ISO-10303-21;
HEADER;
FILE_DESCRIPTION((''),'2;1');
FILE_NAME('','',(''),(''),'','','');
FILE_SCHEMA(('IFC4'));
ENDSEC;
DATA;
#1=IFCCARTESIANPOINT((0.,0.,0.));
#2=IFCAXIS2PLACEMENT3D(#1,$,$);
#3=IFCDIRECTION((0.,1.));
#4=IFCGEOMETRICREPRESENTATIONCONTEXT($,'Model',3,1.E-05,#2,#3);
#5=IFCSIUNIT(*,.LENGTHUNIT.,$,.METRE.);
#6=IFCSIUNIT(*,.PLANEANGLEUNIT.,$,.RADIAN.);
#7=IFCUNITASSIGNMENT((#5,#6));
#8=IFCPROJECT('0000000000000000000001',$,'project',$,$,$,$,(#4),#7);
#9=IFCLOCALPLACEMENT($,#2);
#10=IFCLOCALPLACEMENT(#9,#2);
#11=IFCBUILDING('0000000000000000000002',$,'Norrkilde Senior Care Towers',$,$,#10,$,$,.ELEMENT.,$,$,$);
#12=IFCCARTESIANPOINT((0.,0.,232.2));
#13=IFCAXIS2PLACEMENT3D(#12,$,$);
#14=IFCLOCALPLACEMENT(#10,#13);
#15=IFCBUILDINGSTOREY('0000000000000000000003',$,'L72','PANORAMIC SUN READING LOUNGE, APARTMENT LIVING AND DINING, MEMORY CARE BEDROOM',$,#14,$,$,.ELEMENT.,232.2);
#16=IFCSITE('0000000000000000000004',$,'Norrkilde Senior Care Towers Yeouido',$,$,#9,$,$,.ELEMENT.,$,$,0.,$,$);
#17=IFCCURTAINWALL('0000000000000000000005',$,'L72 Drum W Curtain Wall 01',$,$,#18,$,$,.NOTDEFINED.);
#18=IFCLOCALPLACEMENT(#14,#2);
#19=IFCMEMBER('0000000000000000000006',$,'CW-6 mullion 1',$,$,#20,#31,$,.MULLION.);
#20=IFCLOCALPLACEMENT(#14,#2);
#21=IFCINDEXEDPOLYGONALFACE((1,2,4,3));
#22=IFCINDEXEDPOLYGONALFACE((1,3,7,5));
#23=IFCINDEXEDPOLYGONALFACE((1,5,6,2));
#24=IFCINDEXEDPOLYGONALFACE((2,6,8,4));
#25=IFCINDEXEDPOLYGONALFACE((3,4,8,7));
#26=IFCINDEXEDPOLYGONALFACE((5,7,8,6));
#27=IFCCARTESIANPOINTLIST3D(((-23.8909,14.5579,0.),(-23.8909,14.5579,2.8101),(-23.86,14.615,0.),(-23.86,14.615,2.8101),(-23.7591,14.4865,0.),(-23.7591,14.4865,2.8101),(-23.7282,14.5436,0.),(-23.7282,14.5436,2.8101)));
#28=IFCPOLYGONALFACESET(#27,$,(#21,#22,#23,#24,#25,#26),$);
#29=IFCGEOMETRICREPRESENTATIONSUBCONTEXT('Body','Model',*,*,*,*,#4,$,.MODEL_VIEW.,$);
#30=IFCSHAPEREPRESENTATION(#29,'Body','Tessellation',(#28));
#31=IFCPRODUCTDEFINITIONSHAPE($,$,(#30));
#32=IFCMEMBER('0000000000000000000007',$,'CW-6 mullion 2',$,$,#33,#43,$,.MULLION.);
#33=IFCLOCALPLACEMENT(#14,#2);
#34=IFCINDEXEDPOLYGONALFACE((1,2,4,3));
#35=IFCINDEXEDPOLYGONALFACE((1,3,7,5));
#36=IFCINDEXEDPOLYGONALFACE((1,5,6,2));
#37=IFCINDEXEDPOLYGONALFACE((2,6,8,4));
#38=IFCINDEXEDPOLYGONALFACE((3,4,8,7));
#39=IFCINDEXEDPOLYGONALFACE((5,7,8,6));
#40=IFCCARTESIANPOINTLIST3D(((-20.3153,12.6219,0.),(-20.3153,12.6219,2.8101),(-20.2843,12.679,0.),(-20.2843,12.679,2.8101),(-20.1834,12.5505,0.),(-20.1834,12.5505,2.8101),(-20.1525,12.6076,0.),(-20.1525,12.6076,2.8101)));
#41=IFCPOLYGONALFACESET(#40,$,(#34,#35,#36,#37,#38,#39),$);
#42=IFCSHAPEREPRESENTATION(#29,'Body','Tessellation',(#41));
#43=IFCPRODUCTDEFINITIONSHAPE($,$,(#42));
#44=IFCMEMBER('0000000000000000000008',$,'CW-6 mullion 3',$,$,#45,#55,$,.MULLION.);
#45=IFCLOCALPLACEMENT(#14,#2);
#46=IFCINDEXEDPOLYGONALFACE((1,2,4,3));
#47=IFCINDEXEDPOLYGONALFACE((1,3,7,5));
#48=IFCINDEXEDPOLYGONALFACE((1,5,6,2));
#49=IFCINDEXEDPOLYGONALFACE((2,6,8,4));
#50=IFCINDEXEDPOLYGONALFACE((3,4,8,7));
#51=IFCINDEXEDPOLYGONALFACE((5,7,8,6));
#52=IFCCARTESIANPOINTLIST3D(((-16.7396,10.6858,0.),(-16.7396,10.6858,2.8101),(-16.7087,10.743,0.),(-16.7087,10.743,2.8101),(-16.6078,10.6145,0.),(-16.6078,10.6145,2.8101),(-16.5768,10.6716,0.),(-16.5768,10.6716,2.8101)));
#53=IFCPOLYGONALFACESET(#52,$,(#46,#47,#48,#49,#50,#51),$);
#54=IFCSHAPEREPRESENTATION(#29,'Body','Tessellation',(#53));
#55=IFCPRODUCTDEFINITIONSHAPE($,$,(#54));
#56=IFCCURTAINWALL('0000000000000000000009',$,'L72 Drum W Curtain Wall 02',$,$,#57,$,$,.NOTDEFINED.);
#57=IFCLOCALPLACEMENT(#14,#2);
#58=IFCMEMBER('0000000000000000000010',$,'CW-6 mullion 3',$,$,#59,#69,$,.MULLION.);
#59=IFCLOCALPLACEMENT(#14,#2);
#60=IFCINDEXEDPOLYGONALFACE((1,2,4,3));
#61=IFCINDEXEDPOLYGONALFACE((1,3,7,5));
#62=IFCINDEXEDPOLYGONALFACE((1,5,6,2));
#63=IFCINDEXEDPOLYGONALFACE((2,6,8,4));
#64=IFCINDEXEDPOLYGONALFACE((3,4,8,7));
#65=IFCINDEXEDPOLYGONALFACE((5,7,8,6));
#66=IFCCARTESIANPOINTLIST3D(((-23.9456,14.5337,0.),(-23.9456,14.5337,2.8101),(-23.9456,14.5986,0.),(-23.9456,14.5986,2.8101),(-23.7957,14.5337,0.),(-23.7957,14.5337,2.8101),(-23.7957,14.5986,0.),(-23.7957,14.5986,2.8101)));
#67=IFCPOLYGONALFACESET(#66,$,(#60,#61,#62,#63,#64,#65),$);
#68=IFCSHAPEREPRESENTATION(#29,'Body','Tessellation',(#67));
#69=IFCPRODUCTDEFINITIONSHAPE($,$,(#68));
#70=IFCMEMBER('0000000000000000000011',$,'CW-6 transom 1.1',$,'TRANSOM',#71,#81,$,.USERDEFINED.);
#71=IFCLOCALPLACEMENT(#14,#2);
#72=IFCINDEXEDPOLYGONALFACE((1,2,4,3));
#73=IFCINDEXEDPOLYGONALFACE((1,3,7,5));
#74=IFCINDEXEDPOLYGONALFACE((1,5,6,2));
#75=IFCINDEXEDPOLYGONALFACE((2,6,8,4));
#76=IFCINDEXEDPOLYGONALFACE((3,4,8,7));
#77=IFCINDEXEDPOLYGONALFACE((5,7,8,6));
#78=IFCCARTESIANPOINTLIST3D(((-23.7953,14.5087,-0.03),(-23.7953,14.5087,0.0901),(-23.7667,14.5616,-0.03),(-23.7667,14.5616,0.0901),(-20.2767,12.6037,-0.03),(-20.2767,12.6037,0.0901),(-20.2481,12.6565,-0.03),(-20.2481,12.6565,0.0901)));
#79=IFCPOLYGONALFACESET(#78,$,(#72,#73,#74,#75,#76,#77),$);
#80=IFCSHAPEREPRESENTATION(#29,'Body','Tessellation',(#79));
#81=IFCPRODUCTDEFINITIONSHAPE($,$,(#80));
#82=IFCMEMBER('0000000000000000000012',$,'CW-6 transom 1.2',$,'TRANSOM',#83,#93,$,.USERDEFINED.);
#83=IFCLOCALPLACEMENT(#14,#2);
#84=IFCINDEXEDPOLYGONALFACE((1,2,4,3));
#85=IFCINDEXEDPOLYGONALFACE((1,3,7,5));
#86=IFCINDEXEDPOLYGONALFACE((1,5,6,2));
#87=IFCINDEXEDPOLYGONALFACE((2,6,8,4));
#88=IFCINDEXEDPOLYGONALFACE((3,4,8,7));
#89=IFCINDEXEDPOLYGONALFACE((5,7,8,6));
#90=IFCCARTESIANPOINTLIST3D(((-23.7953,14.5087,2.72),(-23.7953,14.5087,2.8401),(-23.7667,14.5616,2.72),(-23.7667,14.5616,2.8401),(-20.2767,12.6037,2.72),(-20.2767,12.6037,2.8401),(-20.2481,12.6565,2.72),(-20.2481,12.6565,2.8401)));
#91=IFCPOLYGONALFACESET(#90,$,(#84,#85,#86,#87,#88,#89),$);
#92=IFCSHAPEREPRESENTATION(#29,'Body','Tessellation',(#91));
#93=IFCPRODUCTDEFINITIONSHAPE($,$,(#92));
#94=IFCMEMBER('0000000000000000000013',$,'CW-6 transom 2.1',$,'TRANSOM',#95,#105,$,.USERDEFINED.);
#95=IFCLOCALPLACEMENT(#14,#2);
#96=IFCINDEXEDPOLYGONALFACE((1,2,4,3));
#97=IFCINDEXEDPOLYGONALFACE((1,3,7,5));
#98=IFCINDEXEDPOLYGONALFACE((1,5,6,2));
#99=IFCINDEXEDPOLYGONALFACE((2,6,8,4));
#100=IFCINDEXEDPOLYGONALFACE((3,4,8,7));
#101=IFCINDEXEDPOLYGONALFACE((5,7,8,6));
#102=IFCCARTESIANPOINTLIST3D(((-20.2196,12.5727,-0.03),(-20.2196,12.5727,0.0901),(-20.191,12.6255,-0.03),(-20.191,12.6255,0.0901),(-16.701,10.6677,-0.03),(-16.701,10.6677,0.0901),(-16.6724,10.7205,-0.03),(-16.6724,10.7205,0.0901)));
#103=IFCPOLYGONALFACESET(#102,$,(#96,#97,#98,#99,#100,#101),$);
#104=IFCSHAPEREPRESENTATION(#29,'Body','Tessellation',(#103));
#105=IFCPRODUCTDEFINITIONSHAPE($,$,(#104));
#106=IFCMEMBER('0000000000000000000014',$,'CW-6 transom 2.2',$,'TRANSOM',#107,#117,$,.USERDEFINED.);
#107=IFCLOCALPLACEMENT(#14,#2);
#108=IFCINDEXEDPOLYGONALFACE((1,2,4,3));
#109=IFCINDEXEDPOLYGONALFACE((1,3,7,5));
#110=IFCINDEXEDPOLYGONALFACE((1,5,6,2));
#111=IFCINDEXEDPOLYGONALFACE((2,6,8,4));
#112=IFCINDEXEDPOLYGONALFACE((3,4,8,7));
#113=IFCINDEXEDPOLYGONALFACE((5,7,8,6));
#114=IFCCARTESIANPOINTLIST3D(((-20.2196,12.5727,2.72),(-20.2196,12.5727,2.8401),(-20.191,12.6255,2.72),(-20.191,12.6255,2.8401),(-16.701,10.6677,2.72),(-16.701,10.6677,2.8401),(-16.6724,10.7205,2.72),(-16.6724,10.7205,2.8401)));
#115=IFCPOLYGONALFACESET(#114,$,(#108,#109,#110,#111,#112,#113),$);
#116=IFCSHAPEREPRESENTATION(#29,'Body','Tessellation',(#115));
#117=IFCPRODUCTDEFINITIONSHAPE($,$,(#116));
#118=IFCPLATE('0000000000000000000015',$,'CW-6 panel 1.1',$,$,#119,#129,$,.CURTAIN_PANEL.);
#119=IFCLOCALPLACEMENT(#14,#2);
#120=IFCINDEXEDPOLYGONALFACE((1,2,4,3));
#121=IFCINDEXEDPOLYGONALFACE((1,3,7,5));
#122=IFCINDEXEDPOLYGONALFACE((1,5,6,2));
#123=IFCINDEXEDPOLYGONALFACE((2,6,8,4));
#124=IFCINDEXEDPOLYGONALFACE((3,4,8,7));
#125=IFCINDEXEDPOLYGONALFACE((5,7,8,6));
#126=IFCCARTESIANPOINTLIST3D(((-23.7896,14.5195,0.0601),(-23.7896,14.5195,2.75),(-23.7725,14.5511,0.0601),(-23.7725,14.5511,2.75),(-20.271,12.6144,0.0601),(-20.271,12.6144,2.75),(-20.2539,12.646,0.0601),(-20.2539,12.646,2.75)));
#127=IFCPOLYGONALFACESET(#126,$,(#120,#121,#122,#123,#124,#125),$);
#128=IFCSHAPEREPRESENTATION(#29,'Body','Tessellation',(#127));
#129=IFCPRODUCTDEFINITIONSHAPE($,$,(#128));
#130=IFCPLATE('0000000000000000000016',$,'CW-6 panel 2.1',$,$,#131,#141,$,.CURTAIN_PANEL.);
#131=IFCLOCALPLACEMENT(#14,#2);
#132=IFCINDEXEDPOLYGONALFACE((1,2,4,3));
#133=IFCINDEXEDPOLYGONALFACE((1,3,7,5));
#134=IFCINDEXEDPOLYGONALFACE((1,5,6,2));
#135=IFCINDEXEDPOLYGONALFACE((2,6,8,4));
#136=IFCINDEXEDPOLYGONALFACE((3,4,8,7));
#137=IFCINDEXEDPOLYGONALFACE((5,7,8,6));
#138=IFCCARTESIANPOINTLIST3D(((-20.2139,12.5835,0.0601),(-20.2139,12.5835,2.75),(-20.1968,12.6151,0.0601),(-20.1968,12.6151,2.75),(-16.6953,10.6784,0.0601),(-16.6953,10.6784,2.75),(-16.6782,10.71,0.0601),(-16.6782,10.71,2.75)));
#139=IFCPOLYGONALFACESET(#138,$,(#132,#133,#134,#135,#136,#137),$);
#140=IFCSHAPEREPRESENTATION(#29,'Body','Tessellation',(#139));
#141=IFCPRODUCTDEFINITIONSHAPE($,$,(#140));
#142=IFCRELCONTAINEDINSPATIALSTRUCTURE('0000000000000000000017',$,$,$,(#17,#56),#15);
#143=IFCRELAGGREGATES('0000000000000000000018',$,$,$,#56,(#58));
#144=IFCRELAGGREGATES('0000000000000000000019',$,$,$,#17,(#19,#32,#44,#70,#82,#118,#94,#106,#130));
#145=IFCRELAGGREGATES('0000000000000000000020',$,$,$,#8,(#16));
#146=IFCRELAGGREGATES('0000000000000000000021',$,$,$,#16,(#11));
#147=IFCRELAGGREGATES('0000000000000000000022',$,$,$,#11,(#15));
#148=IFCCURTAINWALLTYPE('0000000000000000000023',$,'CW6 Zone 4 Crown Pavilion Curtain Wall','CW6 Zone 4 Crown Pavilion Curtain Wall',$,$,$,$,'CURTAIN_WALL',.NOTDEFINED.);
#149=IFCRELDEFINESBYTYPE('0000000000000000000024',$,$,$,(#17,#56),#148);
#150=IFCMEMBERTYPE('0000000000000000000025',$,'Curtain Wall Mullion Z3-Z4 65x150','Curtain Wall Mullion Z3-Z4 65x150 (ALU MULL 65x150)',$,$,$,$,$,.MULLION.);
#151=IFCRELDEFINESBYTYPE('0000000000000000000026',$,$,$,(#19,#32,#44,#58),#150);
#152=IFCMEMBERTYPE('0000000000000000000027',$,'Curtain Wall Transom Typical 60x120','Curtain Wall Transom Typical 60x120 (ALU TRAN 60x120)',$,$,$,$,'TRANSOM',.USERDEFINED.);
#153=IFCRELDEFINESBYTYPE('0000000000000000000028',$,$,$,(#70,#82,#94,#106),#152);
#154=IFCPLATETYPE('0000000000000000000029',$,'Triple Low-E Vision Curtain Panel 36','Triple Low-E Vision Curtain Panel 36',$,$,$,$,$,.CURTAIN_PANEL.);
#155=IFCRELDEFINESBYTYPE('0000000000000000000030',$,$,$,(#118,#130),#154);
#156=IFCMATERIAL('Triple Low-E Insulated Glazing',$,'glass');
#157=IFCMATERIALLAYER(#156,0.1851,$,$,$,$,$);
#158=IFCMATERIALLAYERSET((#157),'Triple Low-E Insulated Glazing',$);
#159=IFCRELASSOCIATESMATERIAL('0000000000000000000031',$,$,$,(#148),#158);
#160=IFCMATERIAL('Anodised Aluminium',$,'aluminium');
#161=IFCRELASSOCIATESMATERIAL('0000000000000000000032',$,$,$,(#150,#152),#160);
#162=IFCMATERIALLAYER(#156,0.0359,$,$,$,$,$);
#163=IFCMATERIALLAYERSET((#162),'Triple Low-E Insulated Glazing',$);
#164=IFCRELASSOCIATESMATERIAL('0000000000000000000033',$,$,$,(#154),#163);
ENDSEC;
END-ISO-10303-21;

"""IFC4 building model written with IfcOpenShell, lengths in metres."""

from ifc_helpers import new_model, si_unit, direction, frame, origin, origin_2d, place, context, subcontext, project, spatial, rectangle, extrude, source, transform, mapped, material, layer, layer_set, material_profile, profile_set, type_object, type_shapes, element, aggregate, save


model = new_model("IFC4")

# Units and contexts
model_context = context("Model", 3, precision=1e-05, world=origin(), true_north=direction((0.0, 1.0)))
body_context = subcontext(model_context, "Body", "Model", "MODEL_VIEW")
ifc_project = project(units=[si_unit("LENGTHUNIT", "METRE"), si_unit("PLANEANGLEUNIT", "RADIAN")], contexts=[model_context])

# Site, building, storey
site_placement = place(None, origin())
site = spatial("IfcSite", under=ifc_project, at=site_placement, Name="Norrkilde Senior Care Towers Yeouido", CompositionType="ELEMENT", RefElevation=0.0)
building_placement = place(site_placement, origin())
building = spatial("IfcBuilding", under=site, at=building_placement, Name="Norrkilde Senior Care Towers", CompositionType="ELEMENT")
storey_placement = place(building_placement, frame((0.0, 0.0, 232.2)))
storey = spatial("IfcBuildingStorey", under=building, at=storey_placement, Name="L72", Description="PANORAMIC SUN READING LOUNGE, APARTMENT LIVING AND DINING, MEMORY CARE BEDROOM", CompositionType="ELEMENT", Elevation=232.2)

# Curtain wall, members
ifc_material_1 = material(Name="Triple Low-E Insulated Glazing", Category="glass")
ifc_layer_1 = layer(ifc_material_1, 0.1851)
ifc_layer_set_1 = layer_set([ifc_layer_1], Name="Triple Low-E Insulated Glazing")
curtain_wall_type = type_object("IfcCurtainWallType", Name="CW6 Zone 4 Crown Pavilion Curtain Wall", Description="CW6 Zone 4 Crown Pavilion Curtain Wall", ElementType="CURTAIN_WALL", PredefinedType="NOTDEFINED", material=ifc_layer_set_1)
curtain_wall_1_placement = place(storey_placement, origin())
curtain_wall_1 = element("IfcCurtainWall", 1, at=curtain_wall_1_placement, inside=storey, type_object=curtain_wall_type, Name="L72 Drum W Curtain Wall 01", PredefinedType="NOTDEFINED")
ifc_material_2 = material(Name="Anodised Aluminium", Category="aluminium")
ifc_material_profile_1 = material_profile(ifc_material_2, rectangle(XDim=0.0649, YDim=0.1499, at=origin_2d()), Name="ALU MULL 65x150")
ifc_profile_set_1 = profile_set([ifc_material_profile_1], Name="Anodised Aluminium")
member_type_1 = type_object("IfcMemberType", Name="Curtain Wall Mullion Z3-Z4 65x150", Description="Curtain Wall Mullion Z3-Z4 65x150 (ALU MULL 65x150)", PredefinedType="MULLION", material=ifc_profile_set_1)
shared_shape_1 = source(origin(), body_context, "Body", "SweptSolid", [
    extrude(rectangle(XDim=0.0649, YDim=0.1499, at=origin_2d()), origin(), (0.0, 0.0, 1.0), 2.8101),
])
type_shapes(member_type_1, [shared_shape_1])
member_1_placement = place(storey_placement, frame((-23.8096, 14.5508, 0.0), z_axis=(0.0, 0.0, 1.0), x_axis=(0.476133, 0.879373, 0.0)))
member_1 = element("IfcMember", 2, at=member_1_placement, type_object=member_type_1, Name="CW-6 mullion 1", PredefinedType="MULLION", context=body_context, shape_type="MappedRepresentation", body=[
    mapped(shared_shape_1, transform((0.0, 0.0, 0.0), x_axis=(1.0, 0.0, 0.0), y_axis=(0.0, 1.0, 0.0), z_axis=(0.0, 0.0, 1.0), scale=1.0)),
])
member_2_placement = place(storey_placement, frame((-20.2339, 12.6147, 0.0), z_axis=(0.0, 0.0, 1.0), x_axis=(0.476133, 0.879373, 0.0)))
member_2 = element("IfcMember", 3, at=member_2_placement, type_object=member_type_1, Name="CW-6 mullion 2", PredefinedType="MULLION", context=body_context, shape_type="MappedRepresentation", body=[
    mapped(shared_shape_1, transform((0.0, 0.0, 0.0), x_axis=(1.0, 0.0, 0.0), y_axis=(0.0, 1.0, 0.0), z_axis=(0.0, 0.0, 1.0), scale=1.0)),
])
member_3_placement = place(storey_placement, frame((-16.6582, 10.6787, 0.0), z_axis=(0.0, 0.0, 1.0), x_axis=(0.476133, 0.879373, 0.0)))
member_3 = element("IfcMember", 4, at=member_3_placement, type_object=member_type_1, Name="CW-6 mullion 3", PredefinedType="MULLION", context=body_context, shape_type="MappedRepresentation", body=[
    mapped(shared_shape_1, transform((0.0, 0.0, 0.0), x_axis=(1.0, 0.0, 0.0), y_axis=(0.0, 1.0, 0.0), z_axis=(0.0, 0.0, 1.0), scale=1.0)),
])

# Curtain wall, member
curtain_wall_2_placement = place(storey_placement, origin())
curtain_wall_2 = element("IfcCurtainWall", 5, at=curtain_wall_2_placement, inside=storey, type_object=curtain_wall_type, Name="L72 Drum W Curtain Wall 02", PredefinedType="NOTDEFINED")
member_4_placement = place(storey_placement, frame((-23.8706, 14.5662, 0.0), z_axis=(0.0, 0.0, 1.0), x_axis=(0.0, 1.0, 0.0)))
member_4 = element("IfcMember", 6, at=member_4_placement, type_object=member_type_1, Name="CW-6 mullion 3", PredefinedType="MULLION", context=body_context, shape_type="MappedRepresentation", body=[
    mapped(shared_shape_1, transform((0.0, 0.0, 0.0), x_axis=(1.0, 0.0, 0.0), y_axis=(0.0, 1.0, 0.0), z_axis=(0.0, 0.0, 1.0), scale=1.0)),
])
aggregate(curtain_wall_2, [member_4])

# Members
ifc_material_profile_2 = material_profile(ifc_material_2, rectangle(XDim=0.0601, YDim=0.1201, at=origin_2d()), Name="ALU TRAN 60x120")
ifc_profile_set_2 = profile_set([ifc_material_profile_2], Name="Anodised Aluminium")
member_type_2 = type_object("IfcMemberType", Name="Curtain Wall Transom Typical 60x120", Description="Curtain Wall Transom Typical 60x120 (ALU TRAN 60x120)", ElementType="TRANSOM", PredefinedType="USERDEFINED", material=ifc_profile_set_2)
shared_shape_2 = source(origin(), body_context, "Body", "SweptSolid", [
    extrude(rectangle(XDim=0.0601, YDim=0.1201, at=origin_2d()), origin(), (0.0, 0.0, 1.0), 4.0012),
])
type_shapes(member_type_2, [shared_shape_2])
member_5_placement = place(storey_placement, frame((-23.781, 14.5352, 0.03), z_axis=(0.879381, -0.476118, 0.0), x_axis=(0.476118, 0.879381, 0.0)))
member_5 = element("IfcMember", 7, at=member_5_placement, type_object=member_type_2, Name="CW-6 transom 1.1", ObjectType="TRANSOM", PredefinedType="USERDEFINED", context=body_context, shape_type="MappedRepresentation", body=[
    mapped(shared_shape_2, transform((0.0, 0.0, 0.0), x_axis=(1.0, 0.0, 0.0), y_axis=(0.0, 1.0, 0.0), z_axis=(0.0, 0.0, 1.0), scale=1.0)),
])
member_6_placement = place(storey_placement, frame((-23.781, 14.5352, 2.78), z_axis=(0.879381, -0.476118, 0.0), x_axis=(0.476118, 0.879381, 0.0)))
member_6 = element("IfcMember", 8, at=member_6_placement, type_object=member_type_2, Name="CW-6 transom 1.2", ObjectType="TRANSOM", PredefinedType="USERDEFINED", context=body_context, shape_type="MappedRepresentation", body=[
    mapped(shared_shape_2, transform((0.0, 0.0, 0.0), x_axis=(1.0, 0.0, 0.0), y_axis=(0.0, 1.0, 0.0), z_axis=(0.0, 0.0, 1.0), scale=1.0)),
])
member_7_placement = place(storey_placement, frame((-20.2053, 12.5991, 0.03), z_axis=(0.879381, -0.476118, 0.0), x_axis=(0.476118, 0.879381, 0.0)))
member_7 = element("IfcMember", 9, at=member_7_placement, type_object=member_type_2, Name="CW-6 transom 2.1", ObjectType="TRANSOM", PredefinedType="USERDEFINED", context=body_context, shape_type="MappedRepresentation", body=[
    mapped(shared_shape_2, transform((0.0, 0.0, 0.0), x_axis=(1.0, 0.0, 0.0), y_axis=(0.0, 1.0, 0.0), z_axis=(0.0, 0.0, 1.0), scale=1.0)),
])
member_8_placement = place(storey_placement, frame((-20.2053, 12.5991, 2.78), z_axis=(0.879381, -0.476118, 0.0), x_axis=(0.476118, 0.879381, 0.0)))
member_8 = element("IfcMember", 10, at=member_8_placement, type_object=member_type_2, Name="CW-6 transom 2.2", ObjectType="TRANSOM", PredefinedType="USERDEFINED", context=body_context, shape_type="MappedRepresentation", body=[
    mapped(shared_shape_2, transform((0.0, 0.0, 0.0), x_axis=(1.0, 0.0, 0.0), y_axis=(0.0, 1.0, 0.0), z_axis=(0.0, 0.0, 1.0), scale=1.0)),
])

# Plates
ifc_layer_2 = layer(ifc_material_1, 0.0359)
ifc_layer_set_2 = layer_set([ifc_layer_2], Name="Triple Low-E Insulated Glazing")
plate_type = type_object("IfcPlateType", Name="Triple Low-E Vision Curtain Panel 36", Description="Triple Low-E Vision Curtain Panel 36", PredefinedType="CURTAIN_PANEL", material=ifc_layer_set_2)
shared_shape_3 = source(origin(), body_context, "Body", "SweptSolid", [
    extrude(rectangle(XDim=4.0012, YDim=0.0359, at=origin_2d()), origin(), (0.0, 0.0, 1.0), 2.6899),
])
type_shapes(plate_type, [shared_shape_3])
plate_1_placement = place(storey_placement, frame((-22.0217, 13.5828, 0.0601), z_axis=(0.0, 0.0, 1.0), x_axis=(0.879373, -0.476133, 0.0)))
plate_1 = element("IfcPlate", 11, at=plate_1_placement, type_object=plate_type, Name="CW-6 panel 1.1", PredefinedType="CURTAIN_PANEL", context=body_context, shape_type="MappedRepresentation", body=[
    mapped(shared_shape_3, transform((0.0, 0.0, 0.0), x_axis=(1.0, 0.0, 0.0), y_axis=(0.0, 1.0, 0.0), z_axis=(0.0, 0.0, 1.0), scale=1.0)),
])
plate_2_placement = place(storey_placement, frame((-18.446, 11.6467, 0.0601), z_axis=(0.0, 0.0, 1.0), x_axis=(0.879373, -0.476133, 0.0)))
plate_2 = element("IfcPlate", 12, at=plate_2_placement, type_object=plate_type, Name="CW-6 panel 2.1", PredefinedType="CURTAIN_PANEL", context=body_context, shape_type="MappedRepresentation", body=[
    mapped(shared_shape_3, transform((0.0, 0.0, 0.0), x_axis=(1.0, 0.0, 0.0), y_axis=(0.0, 1.0, 0.0), z_axis=(0.0, 0.0, 1.0), scale=1.0)),
])
aggregate(curtain_wall_1, [member_1, member_2, member_3, member_5, member_6, plate_1, member_7, member_8, plate_2])

save(model, "model.ifc")
